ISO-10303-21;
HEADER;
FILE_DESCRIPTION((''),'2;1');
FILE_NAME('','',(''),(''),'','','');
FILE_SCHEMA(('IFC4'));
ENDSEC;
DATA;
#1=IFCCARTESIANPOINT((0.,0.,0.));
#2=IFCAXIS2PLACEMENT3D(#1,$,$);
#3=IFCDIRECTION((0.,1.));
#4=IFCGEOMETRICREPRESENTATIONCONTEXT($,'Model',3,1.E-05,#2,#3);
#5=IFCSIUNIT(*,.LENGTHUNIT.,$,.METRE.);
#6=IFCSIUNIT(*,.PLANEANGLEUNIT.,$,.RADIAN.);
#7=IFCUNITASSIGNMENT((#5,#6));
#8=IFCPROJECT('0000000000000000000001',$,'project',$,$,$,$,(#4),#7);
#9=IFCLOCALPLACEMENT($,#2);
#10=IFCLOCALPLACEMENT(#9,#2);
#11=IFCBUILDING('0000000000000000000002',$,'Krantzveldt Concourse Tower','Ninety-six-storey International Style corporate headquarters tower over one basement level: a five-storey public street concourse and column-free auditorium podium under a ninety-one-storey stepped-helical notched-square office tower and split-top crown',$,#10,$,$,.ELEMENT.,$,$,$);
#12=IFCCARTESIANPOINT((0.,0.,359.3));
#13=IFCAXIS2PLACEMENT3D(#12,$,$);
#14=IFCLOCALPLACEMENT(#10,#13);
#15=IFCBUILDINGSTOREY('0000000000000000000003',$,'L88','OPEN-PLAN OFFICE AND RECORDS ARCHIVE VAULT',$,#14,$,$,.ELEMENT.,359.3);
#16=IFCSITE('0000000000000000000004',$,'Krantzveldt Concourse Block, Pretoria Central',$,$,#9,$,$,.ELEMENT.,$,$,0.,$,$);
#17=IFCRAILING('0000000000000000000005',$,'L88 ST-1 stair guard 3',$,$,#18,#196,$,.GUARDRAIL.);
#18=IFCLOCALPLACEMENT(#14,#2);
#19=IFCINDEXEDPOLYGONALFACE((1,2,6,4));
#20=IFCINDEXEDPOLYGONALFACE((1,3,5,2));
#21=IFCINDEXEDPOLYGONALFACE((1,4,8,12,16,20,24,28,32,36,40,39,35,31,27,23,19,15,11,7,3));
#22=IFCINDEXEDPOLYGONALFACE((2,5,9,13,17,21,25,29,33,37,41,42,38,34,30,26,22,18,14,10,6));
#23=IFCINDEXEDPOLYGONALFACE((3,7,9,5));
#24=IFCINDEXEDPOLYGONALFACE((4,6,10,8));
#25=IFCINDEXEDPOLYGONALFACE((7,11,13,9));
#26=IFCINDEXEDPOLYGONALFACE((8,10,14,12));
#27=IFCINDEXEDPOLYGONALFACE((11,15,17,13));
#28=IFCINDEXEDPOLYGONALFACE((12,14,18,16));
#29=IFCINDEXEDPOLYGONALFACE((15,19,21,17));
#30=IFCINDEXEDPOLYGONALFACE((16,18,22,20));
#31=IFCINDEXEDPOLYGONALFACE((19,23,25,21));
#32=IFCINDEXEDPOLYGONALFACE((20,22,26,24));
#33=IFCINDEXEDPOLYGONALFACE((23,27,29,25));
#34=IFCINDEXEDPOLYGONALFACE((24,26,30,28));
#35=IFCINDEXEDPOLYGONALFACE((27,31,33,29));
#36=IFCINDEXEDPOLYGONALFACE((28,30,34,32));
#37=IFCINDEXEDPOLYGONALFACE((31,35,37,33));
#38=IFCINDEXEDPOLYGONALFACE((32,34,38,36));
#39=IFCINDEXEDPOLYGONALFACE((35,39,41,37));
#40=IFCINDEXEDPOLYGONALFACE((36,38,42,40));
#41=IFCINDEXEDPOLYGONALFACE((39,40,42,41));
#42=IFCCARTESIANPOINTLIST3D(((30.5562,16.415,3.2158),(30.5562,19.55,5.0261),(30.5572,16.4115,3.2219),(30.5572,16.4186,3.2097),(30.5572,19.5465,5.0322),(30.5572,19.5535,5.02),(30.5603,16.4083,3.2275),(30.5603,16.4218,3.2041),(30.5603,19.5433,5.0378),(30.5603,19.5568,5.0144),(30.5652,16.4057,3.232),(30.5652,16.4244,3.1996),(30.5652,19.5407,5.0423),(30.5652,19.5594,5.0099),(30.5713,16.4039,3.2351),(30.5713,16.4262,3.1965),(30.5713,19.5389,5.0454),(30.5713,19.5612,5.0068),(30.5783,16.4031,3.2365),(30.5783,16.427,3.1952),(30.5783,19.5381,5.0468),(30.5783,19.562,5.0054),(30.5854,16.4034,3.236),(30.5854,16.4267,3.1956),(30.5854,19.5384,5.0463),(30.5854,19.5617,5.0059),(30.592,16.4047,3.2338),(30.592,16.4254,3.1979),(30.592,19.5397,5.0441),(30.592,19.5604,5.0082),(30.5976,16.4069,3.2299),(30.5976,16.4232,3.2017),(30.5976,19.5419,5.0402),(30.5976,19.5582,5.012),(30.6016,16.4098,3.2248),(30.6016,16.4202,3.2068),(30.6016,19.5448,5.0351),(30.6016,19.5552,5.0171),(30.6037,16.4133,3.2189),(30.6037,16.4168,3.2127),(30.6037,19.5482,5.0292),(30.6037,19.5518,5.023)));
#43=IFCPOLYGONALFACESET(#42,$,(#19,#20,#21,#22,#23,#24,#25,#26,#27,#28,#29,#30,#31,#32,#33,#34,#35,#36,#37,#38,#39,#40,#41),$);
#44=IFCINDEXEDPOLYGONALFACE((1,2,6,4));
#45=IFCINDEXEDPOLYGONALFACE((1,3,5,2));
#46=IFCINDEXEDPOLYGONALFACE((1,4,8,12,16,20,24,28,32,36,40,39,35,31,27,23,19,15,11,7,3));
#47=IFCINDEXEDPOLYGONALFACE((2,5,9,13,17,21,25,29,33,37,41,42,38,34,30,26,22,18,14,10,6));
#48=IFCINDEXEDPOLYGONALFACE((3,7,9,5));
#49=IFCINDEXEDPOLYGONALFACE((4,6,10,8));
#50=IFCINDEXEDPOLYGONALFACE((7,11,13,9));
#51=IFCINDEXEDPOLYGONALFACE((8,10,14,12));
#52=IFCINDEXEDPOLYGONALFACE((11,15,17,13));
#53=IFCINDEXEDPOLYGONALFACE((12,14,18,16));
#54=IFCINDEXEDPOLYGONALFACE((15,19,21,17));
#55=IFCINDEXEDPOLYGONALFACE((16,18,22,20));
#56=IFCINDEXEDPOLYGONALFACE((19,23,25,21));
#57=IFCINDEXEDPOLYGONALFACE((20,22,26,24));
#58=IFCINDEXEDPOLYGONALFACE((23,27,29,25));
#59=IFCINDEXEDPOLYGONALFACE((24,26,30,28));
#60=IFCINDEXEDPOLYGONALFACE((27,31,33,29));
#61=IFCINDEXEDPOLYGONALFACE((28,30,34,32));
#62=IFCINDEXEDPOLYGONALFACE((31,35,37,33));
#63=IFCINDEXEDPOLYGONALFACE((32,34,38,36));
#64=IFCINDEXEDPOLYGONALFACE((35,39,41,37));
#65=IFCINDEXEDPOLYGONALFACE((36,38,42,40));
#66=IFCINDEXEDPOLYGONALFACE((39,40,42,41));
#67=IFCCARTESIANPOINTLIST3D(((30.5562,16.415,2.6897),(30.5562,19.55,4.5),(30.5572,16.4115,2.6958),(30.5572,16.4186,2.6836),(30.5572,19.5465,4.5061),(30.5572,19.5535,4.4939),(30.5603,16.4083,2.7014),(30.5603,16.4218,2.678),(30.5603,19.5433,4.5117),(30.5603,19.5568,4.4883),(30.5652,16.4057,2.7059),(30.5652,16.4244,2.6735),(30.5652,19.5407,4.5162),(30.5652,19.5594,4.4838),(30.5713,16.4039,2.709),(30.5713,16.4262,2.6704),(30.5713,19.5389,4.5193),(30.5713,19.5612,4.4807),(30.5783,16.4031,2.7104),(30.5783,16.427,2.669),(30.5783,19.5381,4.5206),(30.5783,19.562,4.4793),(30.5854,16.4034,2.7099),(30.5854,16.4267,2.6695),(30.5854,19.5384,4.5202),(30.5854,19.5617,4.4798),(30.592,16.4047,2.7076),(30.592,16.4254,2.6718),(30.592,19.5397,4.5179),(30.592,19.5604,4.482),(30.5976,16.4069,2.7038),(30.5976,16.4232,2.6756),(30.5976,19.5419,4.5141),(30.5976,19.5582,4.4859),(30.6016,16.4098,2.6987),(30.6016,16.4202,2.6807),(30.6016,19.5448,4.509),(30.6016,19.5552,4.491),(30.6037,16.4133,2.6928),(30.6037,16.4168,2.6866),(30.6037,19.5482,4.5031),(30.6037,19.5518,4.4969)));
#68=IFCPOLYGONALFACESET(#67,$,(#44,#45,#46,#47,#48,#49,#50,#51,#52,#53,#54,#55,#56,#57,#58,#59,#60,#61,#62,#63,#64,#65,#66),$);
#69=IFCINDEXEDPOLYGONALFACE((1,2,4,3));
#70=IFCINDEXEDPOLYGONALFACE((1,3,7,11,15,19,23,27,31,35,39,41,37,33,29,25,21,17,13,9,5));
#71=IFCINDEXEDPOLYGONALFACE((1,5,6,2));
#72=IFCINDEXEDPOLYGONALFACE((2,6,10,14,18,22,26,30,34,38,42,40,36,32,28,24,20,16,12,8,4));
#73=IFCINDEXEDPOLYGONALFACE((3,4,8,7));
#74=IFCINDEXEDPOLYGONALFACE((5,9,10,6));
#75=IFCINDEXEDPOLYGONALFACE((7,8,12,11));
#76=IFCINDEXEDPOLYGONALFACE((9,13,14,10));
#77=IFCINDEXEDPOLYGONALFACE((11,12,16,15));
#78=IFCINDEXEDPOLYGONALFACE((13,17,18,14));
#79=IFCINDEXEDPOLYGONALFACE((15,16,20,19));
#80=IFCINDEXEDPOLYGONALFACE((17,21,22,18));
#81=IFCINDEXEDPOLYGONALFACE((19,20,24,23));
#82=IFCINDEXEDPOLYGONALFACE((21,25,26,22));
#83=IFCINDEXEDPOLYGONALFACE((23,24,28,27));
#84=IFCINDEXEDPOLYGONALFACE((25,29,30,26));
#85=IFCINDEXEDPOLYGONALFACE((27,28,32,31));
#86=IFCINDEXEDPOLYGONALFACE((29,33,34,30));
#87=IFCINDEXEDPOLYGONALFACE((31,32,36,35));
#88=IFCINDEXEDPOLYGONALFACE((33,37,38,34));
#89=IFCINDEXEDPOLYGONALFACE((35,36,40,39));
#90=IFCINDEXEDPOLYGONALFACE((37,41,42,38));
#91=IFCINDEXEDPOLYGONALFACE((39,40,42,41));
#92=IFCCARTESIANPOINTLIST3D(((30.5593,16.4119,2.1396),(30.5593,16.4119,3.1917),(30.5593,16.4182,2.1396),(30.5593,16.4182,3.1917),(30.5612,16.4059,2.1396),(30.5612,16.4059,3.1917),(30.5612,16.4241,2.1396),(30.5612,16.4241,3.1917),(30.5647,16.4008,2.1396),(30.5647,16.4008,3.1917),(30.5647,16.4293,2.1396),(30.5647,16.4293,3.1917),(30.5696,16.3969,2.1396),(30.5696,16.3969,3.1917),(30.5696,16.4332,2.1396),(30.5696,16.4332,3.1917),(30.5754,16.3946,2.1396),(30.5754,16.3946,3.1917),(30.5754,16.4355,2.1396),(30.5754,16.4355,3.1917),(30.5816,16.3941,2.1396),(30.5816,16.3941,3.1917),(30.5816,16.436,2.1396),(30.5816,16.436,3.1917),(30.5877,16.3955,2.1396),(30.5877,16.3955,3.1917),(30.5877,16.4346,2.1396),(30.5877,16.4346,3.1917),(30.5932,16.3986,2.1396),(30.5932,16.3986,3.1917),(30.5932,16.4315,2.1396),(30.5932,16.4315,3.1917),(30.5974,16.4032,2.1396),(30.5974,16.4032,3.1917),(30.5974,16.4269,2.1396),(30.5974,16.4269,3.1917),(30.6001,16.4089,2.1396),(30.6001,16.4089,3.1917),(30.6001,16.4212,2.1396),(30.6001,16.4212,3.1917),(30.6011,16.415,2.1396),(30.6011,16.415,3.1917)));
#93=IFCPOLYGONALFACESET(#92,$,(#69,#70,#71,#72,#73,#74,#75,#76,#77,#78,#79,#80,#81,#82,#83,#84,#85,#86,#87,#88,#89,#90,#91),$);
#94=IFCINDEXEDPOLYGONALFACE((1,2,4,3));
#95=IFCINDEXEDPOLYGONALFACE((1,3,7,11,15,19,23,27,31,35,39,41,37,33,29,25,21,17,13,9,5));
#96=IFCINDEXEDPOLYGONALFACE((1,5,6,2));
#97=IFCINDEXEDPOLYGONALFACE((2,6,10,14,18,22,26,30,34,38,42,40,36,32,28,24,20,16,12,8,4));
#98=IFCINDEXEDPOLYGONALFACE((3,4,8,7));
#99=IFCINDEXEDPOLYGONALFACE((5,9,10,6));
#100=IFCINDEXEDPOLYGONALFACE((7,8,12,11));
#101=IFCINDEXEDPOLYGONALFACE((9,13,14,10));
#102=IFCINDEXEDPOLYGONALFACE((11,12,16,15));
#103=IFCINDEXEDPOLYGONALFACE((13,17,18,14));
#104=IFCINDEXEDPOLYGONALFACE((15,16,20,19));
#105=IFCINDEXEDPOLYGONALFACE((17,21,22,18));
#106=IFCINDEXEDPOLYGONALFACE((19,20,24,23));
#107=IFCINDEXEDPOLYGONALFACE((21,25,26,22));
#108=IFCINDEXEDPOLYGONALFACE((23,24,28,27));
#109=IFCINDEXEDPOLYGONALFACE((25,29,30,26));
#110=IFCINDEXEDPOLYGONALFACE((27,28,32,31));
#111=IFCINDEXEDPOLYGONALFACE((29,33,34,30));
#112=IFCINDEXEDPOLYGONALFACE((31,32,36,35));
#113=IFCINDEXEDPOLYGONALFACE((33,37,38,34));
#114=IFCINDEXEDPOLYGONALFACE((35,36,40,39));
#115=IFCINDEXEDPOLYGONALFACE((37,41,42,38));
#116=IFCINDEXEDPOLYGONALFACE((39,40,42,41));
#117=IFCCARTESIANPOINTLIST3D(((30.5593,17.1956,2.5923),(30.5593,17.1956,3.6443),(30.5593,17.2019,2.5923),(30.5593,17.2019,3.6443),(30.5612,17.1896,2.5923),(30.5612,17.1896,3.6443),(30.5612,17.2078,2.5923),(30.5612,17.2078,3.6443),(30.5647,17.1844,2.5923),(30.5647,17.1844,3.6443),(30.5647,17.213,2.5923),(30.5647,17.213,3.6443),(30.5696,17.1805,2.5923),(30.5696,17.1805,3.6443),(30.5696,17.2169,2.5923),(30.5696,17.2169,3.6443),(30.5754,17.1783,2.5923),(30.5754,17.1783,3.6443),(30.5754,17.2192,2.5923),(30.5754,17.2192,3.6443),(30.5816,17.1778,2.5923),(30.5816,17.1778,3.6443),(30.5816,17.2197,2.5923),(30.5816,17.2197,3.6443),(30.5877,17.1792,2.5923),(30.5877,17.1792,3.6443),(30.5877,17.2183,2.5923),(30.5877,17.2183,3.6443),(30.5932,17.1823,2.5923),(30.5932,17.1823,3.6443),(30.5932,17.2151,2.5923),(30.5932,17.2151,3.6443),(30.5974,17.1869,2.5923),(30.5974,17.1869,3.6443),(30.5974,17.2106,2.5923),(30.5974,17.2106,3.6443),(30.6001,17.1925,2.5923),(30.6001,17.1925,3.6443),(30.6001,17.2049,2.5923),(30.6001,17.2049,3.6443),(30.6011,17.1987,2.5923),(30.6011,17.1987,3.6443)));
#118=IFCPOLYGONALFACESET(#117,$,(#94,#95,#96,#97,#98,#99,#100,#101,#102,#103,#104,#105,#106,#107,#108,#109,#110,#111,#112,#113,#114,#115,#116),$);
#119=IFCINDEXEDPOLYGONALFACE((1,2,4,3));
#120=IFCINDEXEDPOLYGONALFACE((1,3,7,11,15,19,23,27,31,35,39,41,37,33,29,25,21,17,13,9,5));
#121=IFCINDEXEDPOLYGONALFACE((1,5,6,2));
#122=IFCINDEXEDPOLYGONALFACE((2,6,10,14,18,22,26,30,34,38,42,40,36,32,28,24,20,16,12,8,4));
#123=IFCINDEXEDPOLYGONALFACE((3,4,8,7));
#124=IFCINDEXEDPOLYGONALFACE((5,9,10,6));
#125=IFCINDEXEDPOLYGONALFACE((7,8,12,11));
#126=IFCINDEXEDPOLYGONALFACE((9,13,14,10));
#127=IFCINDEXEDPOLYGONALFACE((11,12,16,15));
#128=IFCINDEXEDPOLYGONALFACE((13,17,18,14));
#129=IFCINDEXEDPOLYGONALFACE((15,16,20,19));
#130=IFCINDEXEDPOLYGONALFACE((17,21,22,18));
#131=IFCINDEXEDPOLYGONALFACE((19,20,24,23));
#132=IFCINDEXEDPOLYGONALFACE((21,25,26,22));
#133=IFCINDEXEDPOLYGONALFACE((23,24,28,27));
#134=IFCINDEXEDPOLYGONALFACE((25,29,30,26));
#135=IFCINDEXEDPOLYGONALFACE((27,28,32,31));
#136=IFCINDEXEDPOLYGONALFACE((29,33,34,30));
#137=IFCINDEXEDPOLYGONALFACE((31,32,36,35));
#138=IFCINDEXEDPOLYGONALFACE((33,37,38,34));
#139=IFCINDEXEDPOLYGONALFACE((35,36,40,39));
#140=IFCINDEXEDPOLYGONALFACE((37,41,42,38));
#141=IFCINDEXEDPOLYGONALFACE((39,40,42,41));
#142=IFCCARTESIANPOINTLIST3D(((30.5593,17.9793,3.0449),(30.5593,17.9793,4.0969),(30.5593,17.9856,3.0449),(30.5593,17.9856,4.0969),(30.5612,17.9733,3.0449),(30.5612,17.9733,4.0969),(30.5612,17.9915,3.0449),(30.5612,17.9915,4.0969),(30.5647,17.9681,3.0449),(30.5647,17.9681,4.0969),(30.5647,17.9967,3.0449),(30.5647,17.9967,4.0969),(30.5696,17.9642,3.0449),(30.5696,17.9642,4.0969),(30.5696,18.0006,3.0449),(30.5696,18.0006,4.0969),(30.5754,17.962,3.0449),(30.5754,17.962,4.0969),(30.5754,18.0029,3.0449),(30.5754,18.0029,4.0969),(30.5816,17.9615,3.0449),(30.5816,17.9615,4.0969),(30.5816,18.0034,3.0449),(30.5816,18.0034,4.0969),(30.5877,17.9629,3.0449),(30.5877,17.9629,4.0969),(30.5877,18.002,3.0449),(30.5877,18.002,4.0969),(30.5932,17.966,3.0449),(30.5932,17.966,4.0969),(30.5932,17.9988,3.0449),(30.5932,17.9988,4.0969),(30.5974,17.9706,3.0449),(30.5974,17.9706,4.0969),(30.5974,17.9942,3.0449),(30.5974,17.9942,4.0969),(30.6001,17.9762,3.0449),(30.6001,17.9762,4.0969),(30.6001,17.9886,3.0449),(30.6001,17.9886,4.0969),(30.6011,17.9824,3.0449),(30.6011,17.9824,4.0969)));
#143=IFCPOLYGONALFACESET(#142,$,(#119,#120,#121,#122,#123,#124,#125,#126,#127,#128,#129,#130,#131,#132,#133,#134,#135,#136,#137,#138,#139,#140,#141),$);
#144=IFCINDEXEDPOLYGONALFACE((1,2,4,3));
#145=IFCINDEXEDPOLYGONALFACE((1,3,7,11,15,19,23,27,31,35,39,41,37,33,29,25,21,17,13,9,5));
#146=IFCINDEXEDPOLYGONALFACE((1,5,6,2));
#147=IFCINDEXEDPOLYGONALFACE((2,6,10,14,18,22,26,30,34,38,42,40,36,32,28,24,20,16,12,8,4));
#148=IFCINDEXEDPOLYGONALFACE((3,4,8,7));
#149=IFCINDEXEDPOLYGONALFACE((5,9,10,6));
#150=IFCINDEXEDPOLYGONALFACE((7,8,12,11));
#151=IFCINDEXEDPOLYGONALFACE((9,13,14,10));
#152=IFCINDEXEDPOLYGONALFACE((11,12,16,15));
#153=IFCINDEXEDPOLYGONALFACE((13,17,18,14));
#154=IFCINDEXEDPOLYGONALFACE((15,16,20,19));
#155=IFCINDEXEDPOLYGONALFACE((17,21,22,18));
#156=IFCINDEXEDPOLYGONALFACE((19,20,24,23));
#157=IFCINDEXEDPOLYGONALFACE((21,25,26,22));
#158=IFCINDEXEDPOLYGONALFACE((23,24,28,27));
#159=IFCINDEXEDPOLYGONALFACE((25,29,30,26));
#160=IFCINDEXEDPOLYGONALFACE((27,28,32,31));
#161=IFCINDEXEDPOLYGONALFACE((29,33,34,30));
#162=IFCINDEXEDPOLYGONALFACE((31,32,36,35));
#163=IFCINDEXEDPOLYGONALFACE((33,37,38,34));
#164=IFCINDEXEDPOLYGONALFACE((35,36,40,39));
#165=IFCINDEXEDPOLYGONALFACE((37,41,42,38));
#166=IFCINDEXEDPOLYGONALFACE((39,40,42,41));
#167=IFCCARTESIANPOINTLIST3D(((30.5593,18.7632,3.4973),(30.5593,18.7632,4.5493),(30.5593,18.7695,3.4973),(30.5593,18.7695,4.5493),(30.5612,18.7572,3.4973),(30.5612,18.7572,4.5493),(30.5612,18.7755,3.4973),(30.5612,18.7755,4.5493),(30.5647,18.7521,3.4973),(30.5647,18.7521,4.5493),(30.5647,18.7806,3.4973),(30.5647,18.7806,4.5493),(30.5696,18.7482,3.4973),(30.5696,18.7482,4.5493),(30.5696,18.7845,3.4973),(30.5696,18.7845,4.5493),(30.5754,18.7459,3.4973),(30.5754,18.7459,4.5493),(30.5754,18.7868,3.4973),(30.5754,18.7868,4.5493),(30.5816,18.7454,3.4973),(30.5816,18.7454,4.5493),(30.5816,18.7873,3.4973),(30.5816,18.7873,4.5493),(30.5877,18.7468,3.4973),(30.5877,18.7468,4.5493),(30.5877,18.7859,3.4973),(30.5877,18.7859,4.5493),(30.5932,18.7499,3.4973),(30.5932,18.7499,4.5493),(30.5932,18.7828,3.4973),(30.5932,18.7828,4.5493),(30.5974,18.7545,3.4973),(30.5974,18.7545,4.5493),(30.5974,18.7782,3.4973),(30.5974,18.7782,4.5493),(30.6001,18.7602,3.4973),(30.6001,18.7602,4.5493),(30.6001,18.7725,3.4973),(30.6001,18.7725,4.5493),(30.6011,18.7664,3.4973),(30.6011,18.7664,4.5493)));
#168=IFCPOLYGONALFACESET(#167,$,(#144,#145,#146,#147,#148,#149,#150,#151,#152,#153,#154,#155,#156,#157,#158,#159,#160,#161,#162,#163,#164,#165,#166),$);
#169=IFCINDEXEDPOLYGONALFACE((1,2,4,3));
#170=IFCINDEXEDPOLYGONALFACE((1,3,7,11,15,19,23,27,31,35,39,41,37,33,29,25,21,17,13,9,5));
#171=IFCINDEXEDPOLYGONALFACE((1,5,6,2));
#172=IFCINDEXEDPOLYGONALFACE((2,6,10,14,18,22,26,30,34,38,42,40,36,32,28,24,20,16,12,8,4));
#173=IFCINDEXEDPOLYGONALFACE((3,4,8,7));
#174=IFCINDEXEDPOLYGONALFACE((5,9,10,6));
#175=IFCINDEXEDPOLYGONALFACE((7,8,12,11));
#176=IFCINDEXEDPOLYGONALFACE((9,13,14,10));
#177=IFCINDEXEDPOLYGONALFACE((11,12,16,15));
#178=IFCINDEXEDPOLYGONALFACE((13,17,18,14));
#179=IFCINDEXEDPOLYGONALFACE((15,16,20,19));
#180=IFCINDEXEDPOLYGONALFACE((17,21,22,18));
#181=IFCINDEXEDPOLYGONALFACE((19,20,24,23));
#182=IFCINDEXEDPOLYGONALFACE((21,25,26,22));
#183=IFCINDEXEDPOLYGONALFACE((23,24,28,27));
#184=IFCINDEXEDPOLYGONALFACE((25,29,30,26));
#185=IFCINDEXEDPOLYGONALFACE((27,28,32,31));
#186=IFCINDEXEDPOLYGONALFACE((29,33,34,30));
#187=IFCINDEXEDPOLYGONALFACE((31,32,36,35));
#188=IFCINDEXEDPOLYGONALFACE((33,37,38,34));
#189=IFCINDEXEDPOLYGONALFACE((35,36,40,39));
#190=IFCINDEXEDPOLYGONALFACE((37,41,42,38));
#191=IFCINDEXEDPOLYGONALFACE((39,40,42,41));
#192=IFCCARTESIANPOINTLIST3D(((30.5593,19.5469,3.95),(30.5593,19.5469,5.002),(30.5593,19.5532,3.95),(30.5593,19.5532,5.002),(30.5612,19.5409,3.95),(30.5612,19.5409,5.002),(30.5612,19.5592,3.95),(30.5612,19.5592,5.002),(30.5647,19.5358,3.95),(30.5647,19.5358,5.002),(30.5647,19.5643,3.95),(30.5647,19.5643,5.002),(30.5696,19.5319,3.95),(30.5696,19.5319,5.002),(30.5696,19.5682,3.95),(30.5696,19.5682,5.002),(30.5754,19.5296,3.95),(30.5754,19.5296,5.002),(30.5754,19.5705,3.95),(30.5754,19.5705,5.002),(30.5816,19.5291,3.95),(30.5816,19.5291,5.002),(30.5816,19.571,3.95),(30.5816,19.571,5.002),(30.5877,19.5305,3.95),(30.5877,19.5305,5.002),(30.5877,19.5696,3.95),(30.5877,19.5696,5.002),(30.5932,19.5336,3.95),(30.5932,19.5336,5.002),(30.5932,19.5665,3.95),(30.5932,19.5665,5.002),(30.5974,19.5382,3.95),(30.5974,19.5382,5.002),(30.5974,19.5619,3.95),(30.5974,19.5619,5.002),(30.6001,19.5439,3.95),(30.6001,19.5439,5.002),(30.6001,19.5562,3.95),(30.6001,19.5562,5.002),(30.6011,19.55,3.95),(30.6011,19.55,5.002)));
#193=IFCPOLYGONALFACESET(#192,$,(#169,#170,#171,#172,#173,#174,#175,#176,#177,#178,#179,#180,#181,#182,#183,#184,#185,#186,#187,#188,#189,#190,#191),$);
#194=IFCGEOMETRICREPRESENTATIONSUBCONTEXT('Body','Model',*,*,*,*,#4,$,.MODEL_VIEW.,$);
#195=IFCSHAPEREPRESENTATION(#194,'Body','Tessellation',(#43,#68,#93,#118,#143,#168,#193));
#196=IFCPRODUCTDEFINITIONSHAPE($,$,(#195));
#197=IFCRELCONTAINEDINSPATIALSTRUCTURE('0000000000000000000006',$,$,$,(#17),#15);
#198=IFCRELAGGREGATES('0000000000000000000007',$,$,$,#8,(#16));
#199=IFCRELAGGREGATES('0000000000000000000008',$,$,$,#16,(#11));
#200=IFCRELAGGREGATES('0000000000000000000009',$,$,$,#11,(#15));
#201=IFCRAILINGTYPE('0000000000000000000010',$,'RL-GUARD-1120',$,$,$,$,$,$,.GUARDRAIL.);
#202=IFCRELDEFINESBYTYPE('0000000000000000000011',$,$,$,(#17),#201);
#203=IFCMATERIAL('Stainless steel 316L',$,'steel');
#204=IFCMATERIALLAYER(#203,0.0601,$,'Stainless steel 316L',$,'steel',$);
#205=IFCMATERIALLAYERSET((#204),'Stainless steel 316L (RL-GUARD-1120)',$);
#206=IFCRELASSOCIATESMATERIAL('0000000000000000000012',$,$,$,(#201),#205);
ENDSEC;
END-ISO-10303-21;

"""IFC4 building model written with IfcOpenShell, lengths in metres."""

from ifc_helpers import new_model, si_unit, direction, frame, origin, origin_2d, place, context, subcontext, project, spatial, circle, extrude, material, layer, layer_set, type_object, element, save


model = new_model("IFC4")

# Units and contexts
model_context = context("Model", 3, precision=1e-05, world=origin(), true_north=direction((0.0, 1.0)))
body_context = subcontext(model_context, "Body", "Model", "MODEL_VIEW")
ifc_project = project(units=[si_unit("LENGTHUNIT", "METRE"), si_unit("PLANEANGLEUNIT", "RADIAN")], contexts=[model_context])

# Site, building, storey
site_placement = place(None, origin())
site = spatial("IfcSite", under=ifc_project, at=site_placement, Name="Krantzveldt Concourse Block, Pretoria Central", CompositionType="ELEMENT", RefElevation=0.0)
building_placement = place(site_placement, origin())
building = spatial("IfcBuilding", under=site, at=building_placement, Name="Krantzveldt Concourse Tower", Description="Ninety-six-storey International Style corporate headquarters tower over one basement level: a five-storey public street concourse and column-free auditorium podium under a ninety-one-storey stepped-helical notched-square office tower and split-top crown", CompositionType="ELEMENT")
storey_placement = place(building_placement, frame((0.0, 0.0, 359.3)))
storey = spatial("IfcBuildingStorey", under=building, at=storey_placement, Name="L88", Description="OPEN-PLAN OFFICE AND RECORDS ARCHIVE VAULT", CompositionType="ELEMENT", Elevation=359.3)

# Railing
ifc_material_1 = material(Name="Stainless steel 316L", Category="steel")
ifc_layer_1 = layer(ifc_material_1, 0.0601, Name="Stainless steel 316L", Category="steel")
ifc_layer_set_1 = layer_set([ifc_layer_1], Name="Stainless steel 316L (RL-GUARD-1120)")
railing_type_1 = type_object("IfcRailingType", Name="RL-GUARD-1120", PredefinedType="GUARDRAIL", material=ifc_layer_set_1)
railing_1_placement = place(storey_placement, frame((30.5801, 16.415, 2.1396)))
element("IfcRailing", 1, at=railing_1_placement, inside=storey, type_object=railing_type_1, Name="L88 ST-1 stair guard 3", PredefinedType="GUARDRAIL", context=body_context, shape_type="SweptSolid", body=[
    extrude(circle(Radius=0.0239, at=origin_2d()), frame((0.0, 0.0, 1.0762), z_axis=(0.0, 0.865989, 0.500063), x_axis=(-1.0, 0.0, 0.0)), (0.0, 0.0, 1.0), 3.6201),
    extrude(circle(Radius=0.0239, at=origin_2d()), frame((0.0, 0.0, 0.55), z_axis=(0.0, 0.865989, 0.500063), x_axis=(-1.0, 0.0, 0.0)), (0.0, 0.0, 1.0), 3.6201),
    extrude(circle(Radius=0.021, at=origin_2d()), origin(), (0.0, 0.0, 1.0), 1.052),
    extrude(circle(Radius=0.021, at=origin_2d()), frame((0.0, 0.7837, 0.4526)), (0.0, 0.0, 1.0), 1.052),
    extrude(circle(Radius=0.021, at=origin_2d()), frame((0.0, 1.5674, 0.9053)), (0.0, 0.0, 1.0), 1.052),
    extrude(circle(Radius=0.021, at=origin_2d()), frame((0.0, 2.3513, 1.3577)), (0.0, 0.0, 1.0), 1.052),
    extrude(circle(Radius=0.021, at=origin_2d()), frame((0.0, 3.135, 1.8103)), (0.0, 0.0, 1.0), 1.052),
])

save(model, "model.ifc")
